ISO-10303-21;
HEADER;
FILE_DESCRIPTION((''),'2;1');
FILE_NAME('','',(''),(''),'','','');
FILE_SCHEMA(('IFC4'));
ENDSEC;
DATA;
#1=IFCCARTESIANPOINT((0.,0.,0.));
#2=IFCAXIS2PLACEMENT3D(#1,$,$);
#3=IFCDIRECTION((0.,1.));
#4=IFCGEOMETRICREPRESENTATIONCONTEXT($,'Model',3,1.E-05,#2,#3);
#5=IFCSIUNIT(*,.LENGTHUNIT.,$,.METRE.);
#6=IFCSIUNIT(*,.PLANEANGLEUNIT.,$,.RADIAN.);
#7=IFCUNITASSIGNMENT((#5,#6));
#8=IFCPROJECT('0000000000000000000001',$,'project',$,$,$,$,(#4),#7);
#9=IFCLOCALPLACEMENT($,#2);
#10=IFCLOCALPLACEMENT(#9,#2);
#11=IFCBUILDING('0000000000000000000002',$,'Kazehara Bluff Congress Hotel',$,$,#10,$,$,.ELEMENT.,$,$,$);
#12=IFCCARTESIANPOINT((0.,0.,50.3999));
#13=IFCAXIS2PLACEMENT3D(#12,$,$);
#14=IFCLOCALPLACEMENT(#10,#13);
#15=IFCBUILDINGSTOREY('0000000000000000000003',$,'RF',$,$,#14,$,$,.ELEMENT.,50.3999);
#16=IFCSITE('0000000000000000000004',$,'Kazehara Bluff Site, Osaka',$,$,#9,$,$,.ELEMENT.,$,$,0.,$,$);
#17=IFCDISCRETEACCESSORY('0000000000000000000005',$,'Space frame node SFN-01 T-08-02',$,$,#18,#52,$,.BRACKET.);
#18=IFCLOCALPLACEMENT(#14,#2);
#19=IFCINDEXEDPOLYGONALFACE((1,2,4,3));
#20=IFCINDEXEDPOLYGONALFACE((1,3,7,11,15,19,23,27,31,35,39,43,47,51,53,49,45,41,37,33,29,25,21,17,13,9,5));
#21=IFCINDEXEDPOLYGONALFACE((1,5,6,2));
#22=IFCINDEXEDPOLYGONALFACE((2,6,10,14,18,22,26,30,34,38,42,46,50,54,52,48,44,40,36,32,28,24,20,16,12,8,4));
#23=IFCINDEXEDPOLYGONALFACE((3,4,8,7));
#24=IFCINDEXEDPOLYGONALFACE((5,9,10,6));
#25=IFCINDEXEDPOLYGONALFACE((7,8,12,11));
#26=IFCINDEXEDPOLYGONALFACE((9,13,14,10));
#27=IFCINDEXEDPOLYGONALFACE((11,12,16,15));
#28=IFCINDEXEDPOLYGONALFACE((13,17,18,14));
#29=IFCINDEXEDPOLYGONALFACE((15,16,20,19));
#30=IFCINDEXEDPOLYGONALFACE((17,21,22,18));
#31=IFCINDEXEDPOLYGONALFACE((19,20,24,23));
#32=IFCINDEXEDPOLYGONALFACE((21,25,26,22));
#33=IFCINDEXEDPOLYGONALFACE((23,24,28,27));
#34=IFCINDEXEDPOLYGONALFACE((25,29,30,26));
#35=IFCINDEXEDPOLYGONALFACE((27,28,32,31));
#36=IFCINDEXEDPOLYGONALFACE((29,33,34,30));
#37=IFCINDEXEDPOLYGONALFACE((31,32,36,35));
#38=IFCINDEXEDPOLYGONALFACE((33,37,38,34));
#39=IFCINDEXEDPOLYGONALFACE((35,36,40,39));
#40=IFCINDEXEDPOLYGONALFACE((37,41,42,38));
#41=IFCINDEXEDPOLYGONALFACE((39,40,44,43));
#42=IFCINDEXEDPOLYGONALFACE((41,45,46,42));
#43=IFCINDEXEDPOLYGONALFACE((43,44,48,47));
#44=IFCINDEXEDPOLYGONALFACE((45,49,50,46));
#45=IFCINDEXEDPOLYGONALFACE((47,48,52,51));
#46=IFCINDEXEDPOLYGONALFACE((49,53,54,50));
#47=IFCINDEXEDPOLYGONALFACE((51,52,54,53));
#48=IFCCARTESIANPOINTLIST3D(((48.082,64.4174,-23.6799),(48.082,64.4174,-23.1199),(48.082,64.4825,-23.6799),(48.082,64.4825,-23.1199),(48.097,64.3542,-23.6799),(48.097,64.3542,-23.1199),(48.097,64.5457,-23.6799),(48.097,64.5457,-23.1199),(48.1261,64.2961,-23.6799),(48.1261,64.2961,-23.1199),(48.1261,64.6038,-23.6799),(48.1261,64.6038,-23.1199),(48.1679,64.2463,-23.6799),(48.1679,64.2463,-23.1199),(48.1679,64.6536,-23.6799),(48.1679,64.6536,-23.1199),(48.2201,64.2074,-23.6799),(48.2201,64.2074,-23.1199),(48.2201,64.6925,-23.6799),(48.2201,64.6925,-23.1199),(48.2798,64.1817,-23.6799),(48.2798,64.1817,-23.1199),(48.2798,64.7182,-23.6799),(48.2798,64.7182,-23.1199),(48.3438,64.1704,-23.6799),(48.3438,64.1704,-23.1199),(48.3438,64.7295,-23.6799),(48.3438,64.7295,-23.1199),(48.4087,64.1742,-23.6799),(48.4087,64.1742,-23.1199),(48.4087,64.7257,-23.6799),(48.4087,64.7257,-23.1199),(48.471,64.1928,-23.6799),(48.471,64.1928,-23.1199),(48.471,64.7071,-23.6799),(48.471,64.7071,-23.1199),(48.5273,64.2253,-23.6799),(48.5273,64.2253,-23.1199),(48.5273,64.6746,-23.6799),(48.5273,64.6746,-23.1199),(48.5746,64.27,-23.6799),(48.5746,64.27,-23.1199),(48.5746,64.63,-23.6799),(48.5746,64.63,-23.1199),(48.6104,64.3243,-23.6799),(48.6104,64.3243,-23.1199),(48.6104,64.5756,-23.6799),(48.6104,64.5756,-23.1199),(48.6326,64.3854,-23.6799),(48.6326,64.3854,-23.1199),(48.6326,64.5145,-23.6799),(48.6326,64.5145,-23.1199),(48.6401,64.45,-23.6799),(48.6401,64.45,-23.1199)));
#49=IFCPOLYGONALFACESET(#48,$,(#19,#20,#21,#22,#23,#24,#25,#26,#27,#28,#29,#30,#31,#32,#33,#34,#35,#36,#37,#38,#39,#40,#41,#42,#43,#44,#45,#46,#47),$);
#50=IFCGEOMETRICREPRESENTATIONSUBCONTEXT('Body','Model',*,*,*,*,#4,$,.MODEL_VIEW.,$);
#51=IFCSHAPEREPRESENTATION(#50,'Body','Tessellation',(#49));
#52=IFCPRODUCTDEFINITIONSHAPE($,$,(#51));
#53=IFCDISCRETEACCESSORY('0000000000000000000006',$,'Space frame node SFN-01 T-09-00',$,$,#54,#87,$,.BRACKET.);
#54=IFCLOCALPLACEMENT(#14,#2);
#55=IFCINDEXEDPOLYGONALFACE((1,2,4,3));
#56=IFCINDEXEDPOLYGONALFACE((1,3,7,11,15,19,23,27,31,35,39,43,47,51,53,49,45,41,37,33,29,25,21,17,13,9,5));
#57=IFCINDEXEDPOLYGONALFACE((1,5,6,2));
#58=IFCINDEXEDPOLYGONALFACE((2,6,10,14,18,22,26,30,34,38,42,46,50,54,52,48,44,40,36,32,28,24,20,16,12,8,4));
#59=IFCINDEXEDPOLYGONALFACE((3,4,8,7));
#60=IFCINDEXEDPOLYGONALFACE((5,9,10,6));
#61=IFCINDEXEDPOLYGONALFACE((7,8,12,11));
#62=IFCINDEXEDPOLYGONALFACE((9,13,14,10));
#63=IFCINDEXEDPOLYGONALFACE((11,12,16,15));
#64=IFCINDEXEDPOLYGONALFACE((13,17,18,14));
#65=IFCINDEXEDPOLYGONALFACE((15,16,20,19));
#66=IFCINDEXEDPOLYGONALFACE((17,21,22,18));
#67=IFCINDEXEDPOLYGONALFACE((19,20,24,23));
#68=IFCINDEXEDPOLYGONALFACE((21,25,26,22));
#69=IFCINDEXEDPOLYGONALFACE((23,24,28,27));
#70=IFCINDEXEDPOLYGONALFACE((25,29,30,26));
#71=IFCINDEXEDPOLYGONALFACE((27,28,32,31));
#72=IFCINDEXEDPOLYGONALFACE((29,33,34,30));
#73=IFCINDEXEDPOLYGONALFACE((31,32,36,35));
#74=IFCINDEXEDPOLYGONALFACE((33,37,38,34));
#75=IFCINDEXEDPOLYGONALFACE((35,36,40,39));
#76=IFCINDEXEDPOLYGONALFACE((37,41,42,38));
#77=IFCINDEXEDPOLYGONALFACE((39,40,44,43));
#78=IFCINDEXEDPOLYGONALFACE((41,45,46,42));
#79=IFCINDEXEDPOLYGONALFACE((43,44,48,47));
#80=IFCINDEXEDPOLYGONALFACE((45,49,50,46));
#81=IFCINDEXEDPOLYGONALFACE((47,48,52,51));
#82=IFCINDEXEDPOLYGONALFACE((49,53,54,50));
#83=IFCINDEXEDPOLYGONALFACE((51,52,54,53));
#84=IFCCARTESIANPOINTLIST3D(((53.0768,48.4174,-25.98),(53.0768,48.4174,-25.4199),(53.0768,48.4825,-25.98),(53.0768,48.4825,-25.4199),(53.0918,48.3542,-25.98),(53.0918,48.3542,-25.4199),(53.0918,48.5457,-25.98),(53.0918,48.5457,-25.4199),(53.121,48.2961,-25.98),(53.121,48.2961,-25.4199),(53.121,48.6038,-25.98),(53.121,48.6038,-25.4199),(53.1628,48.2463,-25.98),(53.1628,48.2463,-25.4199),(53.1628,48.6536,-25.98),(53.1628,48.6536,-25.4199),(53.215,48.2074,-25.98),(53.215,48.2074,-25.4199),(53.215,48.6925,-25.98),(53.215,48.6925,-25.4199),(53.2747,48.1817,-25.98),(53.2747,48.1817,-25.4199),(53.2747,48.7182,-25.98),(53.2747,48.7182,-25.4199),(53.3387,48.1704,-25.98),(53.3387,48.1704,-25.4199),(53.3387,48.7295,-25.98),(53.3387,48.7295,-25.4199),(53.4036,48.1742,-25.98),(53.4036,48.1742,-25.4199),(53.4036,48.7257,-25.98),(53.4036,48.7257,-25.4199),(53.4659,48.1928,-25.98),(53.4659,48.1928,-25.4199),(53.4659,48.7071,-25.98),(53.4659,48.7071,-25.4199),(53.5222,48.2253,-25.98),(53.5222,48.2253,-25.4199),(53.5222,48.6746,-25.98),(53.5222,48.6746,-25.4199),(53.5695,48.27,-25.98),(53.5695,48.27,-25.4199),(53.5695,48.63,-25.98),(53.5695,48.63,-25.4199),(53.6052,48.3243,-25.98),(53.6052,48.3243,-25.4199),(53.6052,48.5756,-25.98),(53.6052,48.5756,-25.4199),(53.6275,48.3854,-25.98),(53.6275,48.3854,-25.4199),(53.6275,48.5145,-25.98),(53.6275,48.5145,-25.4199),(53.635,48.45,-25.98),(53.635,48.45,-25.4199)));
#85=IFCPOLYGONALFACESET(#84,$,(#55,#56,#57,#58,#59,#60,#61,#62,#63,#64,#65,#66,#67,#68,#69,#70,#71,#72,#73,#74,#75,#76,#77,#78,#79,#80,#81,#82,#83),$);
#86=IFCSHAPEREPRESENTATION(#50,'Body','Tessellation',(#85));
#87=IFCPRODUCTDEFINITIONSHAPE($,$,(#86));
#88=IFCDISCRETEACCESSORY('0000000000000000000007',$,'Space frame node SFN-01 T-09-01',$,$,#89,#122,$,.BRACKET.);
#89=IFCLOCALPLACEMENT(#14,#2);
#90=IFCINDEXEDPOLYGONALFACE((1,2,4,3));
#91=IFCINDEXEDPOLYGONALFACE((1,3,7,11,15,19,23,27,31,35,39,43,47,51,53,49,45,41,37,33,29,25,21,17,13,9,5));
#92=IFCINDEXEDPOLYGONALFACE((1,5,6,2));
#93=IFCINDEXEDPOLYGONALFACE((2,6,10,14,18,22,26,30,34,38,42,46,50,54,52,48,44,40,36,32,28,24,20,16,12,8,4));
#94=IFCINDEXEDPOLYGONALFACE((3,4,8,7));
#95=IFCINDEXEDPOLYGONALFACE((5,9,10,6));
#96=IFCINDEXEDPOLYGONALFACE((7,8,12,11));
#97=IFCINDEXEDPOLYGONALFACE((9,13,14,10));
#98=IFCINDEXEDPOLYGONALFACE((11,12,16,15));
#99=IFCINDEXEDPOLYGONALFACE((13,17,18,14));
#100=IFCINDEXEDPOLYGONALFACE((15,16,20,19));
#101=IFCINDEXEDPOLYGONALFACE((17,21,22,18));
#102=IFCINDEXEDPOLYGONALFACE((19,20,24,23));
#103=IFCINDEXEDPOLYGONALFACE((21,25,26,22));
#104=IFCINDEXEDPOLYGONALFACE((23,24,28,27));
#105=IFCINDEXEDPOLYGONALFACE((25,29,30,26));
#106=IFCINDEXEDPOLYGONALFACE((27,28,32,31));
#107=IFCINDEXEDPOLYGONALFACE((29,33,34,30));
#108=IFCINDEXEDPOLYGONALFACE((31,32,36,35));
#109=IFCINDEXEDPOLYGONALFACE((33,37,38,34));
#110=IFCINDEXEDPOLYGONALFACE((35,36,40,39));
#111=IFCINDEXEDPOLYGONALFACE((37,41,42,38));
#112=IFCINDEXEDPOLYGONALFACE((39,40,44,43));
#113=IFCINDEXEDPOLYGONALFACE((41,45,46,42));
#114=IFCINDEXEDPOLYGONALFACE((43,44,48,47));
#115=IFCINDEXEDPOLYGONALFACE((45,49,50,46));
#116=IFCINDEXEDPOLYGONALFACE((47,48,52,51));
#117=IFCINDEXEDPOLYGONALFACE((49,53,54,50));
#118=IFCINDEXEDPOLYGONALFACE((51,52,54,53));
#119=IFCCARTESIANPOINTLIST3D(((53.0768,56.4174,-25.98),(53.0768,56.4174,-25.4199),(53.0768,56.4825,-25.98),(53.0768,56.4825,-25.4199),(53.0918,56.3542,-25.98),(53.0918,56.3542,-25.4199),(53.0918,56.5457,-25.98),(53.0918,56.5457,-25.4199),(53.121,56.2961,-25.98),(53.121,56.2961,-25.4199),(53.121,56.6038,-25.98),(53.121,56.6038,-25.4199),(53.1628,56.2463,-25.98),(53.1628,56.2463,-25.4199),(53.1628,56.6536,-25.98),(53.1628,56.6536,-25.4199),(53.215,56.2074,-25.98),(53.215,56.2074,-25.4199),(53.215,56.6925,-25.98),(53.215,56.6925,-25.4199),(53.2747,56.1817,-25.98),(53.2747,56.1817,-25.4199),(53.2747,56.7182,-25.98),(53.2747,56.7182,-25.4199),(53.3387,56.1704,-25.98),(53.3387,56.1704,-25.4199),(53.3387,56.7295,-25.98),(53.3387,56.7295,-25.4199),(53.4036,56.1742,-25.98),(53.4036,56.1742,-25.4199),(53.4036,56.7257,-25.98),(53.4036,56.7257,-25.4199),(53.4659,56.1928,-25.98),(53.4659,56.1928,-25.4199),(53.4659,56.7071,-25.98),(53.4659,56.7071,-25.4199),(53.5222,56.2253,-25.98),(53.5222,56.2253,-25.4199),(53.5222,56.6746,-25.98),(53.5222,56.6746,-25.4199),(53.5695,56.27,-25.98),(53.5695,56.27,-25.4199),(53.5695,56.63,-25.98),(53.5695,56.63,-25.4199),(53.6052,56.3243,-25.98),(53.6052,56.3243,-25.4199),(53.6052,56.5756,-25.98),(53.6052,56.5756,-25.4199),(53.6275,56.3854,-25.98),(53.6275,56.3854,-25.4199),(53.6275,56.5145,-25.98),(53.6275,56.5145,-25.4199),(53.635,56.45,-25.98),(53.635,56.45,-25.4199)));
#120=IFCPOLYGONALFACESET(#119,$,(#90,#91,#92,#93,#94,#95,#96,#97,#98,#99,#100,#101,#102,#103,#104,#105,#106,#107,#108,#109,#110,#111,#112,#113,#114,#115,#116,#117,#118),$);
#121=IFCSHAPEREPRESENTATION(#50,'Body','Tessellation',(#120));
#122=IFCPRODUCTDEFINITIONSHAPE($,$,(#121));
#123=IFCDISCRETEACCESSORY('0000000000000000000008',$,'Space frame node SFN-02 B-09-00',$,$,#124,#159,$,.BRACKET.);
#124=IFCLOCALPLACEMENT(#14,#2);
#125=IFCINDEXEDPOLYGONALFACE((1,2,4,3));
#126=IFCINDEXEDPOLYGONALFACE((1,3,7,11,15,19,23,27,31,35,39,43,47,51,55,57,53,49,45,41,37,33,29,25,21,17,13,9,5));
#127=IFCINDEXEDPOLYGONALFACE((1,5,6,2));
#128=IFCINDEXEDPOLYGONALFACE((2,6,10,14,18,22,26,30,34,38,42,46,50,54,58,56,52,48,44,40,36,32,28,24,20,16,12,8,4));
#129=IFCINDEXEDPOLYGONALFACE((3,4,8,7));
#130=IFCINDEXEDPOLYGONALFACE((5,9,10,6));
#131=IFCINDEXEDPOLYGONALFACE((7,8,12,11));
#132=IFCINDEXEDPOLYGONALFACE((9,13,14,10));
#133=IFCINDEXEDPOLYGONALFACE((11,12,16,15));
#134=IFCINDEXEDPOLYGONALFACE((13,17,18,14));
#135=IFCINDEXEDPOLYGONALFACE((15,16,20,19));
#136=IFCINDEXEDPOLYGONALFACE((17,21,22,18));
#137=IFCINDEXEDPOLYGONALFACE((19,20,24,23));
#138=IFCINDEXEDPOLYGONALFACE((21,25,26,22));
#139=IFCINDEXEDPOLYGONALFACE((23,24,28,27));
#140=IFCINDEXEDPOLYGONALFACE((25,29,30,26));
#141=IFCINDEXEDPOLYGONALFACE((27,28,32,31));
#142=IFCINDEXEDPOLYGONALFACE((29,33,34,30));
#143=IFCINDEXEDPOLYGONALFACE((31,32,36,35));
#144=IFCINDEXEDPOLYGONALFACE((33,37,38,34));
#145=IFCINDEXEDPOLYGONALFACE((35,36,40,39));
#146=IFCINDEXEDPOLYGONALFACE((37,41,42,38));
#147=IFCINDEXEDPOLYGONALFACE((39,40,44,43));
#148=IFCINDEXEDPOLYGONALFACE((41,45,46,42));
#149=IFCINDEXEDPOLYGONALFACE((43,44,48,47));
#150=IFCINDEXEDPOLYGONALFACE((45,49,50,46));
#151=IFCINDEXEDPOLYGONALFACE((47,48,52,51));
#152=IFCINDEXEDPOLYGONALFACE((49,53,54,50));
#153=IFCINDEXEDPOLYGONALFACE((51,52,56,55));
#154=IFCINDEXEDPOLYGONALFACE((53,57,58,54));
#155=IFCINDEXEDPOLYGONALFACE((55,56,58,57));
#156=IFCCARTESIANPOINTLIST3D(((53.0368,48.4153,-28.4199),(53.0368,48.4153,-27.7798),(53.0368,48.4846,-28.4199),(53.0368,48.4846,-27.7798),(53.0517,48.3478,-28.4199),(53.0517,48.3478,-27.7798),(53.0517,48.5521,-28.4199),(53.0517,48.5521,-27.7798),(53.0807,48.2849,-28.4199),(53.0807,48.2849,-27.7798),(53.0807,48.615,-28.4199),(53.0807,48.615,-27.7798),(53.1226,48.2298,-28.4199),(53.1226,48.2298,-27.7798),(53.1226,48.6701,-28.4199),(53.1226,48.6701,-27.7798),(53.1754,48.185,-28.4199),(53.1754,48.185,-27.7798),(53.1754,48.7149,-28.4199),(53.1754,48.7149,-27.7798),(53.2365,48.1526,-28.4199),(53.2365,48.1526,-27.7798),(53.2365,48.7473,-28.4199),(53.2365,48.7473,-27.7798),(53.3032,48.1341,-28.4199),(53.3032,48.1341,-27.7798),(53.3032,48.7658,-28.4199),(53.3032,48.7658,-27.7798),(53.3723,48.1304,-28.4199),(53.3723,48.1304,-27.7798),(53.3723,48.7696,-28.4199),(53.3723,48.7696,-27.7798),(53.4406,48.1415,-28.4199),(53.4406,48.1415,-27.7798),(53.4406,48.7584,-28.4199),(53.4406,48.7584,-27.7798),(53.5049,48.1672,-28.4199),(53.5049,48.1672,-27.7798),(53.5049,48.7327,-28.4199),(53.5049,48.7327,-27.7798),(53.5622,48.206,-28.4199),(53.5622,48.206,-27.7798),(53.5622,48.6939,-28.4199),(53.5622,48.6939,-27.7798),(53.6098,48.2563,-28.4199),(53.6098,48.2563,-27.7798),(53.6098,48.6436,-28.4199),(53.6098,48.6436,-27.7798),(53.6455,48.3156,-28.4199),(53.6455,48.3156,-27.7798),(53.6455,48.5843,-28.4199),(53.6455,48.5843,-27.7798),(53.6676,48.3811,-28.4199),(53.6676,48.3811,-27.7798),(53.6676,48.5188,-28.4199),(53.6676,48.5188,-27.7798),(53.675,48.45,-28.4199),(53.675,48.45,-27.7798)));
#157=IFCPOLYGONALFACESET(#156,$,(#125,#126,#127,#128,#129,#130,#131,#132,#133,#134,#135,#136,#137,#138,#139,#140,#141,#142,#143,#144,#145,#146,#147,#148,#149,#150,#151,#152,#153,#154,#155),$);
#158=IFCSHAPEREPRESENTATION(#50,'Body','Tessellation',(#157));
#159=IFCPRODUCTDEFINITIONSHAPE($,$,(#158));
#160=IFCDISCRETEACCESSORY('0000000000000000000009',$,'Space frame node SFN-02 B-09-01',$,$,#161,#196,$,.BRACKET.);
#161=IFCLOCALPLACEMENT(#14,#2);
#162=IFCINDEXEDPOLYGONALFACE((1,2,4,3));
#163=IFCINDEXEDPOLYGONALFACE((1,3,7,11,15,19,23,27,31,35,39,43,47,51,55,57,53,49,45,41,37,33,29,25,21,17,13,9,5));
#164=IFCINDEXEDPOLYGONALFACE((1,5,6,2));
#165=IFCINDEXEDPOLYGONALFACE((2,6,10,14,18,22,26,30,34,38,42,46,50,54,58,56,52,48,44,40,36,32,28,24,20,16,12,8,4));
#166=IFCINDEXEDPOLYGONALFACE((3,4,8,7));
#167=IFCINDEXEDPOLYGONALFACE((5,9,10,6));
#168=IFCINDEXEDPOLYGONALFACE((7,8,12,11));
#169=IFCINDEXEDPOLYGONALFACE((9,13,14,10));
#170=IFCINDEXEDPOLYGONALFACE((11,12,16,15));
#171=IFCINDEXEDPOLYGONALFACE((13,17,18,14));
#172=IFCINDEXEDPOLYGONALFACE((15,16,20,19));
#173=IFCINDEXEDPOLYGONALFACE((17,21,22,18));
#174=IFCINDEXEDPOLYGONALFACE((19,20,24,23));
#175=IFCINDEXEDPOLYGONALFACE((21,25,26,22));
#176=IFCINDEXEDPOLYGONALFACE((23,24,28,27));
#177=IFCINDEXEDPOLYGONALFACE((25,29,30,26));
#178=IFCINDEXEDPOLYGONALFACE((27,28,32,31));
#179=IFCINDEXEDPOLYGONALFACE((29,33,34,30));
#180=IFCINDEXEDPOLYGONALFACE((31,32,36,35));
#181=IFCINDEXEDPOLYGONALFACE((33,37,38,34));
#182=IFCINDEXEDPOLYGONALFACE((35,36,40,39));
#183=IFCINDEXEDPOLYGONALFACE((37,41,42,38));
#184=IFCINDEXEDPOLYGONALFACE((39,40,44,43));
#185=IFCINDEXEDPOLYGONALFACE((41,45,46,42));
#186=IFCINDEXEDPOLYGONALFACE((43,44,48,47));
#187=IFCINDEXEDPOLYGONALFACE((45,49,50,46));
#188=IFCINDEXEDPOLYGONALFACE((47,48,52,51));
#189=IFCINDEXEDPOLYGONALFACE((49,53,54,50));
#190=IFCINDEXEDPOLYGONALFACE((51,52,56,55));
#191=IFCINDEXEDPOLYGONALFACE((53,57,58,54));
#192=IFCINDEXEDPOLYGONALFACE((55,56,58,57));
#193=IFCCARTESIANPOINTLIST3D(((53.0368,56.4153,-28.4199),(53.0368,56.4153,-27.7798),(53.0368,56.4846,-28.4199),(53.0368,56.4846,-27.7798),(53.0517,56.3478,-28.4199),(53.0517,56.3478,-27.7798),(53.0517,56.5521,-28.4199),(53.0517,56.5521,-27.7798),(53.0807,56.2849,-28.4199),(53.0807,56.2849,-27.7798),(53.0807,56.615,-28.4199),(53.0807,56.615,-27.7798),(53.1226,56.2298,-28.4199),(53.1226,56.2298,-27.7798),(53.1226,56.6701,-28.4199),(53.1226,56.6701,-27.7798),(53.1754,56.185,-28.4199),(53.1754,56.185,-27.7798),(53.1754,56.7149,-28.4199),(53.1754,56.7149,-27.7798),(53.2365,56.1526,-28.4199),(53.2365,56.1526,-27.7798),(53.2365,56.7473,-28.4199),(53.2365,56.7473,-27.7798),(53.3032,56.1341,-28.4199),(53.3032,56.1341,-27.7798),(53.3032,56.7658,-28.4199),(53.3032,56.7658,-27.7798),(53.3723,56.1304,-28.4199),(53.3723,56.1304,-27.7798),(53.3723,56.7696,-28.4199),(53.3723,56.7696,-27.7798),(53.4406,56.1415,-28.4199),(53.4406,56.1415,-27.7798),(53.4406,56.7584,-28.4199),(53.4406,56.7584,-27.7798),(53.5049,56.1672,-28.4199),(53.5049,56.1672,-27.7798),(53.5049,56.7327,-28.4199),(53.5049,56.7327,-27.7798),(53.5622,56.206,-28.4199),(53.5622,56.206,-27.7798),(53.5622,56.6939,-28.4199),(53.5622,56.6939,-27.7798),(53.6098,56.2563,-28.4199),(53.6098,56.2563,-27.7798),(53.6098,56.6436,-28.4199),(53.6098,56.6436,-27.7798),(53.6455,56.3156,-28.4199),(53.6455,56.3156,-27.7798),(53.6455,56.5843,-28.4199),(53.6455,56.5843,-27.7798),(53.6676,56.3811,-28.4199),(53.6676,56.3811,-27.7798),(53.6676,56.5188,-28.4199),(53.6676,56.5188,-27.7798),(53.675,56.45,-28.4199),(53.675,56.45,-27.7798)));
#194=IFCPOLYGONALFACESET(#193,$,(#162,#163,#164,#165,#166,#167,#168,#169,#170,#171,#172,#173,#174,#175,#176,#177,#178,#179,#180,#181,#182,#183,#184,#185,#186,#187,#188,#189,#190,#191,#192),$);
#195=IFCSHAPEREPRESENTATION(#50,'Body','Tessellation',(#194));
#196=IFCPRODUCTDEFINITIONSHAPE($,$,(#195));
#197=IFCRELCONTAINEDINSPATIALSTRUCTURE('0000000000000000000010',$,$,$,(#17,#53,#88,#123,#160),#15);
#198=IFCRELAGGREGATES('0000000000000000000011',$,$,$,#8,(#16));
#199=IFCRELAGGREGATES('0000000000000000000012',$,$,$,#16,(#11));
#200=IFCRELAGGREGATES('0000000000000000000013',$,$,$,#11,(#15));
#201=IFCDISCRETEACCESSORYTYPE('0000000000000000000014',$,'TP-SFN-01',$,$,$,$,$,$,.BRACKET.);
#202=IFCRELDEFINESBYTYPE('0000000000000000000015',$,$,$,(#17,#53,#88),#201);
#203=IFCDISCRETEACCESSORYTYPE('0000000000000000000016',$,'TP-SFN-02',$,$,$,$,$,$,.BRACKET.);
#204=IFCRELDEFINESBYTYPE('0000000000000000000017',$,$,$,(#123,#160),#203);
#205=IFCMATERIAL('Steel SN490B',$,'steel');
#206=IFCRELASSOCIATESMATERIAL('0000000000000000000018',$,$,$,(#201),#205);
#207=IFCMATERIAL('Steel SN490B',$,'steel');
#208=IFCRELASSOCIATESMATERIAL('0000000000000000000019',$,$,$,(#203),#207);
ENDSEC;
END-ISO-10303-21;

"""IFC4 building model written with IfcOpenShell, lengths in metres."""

from ifc_helpers import new_model, si_unit, direction, frame, origin, origin_2d, place, context, subcontext, project, spatial, circle, extrude, material, material_profile, profile_set, type_object, element, save


model = new_model("IFC4")

# Units and contexts
model_context = context("Model", 3, precision=1e-05, world=origin(), true_north=direction((0.0, 1.0)))
body_context = subcontext(model_context, "Body", "Model", "MODEL_VIEW")
ifc_project = project(units=[si_unit("LENGTHUNIT", "METRE"), si_unit("PLANEANGLEUNIT", "RADIAN")], contexts=[model_context])

# Site, building, storey
site_placement = place(None, origin())
site = spatial("IfcSite", under=ifc_project, at=site_placement, Name="Kazehara Bluff Site, Osaka", CompositionType="ELEMENT", RefElevation=0.0)
building_placement = place(site_placement, origin())
building = spatial("IfcBuilding", under=site, at=building_placement, Name="Kazehara Bluff Congress Hotel", CompositionType="ELEMENT")
storey_placement = place(building_placement, frame((0.0, 0.0, 50.3999)))
storey = spatial("IfcBuildingStorey", under=building, at=storey_placement, Name="RF", CompositionType="ELEMENT", Elevation=50.3999)

# Discrete accessories
ifc_material_1 = material(Name="Steel SN490B", Category="steel")
ifc_material_profile_1 = material_profile(ifc_material_1, circle(Radius=0.28, at=origin_2d()))
ifc_profile_set_1 = profile_set([ifc_material_profile_1], Name="Steel SN490B")
discrete_accessory_type_1 = type_object("IfcDiscreteAccessoryType", Name="TP-SFN-01", PredefinedType="BRACKET", material=ifc_profile_set_1)
for number, where, z_axis, x_axis, name in (
    (1, (48.3601, 64.45, -23.6799), (0.0, 0.0, 1.0), (1.0, 0.0, 0.0), "Space frame node SFN-01 T-08-02"),
    (2, (53.355, 48.45, -25.98), (0.0, 0.0, 1.0), (1.0, 0.0, 0.0), "Space frame node SFN-01 T-09-00"),
    (3, (53.355, 56.45, -25.98), (0.0, 0.0, 1.0), (1.0, 0.0, 0.0), "Space frame node SFN-01 T-09-01"),
):
    element("IfcDiscreteAccessory", number, at=place(storey_placement, frame(where, z_axis=z_axis, x_axis=x_axis)), inside=storey, type_object=discrete_accessory_type_1, Name=name, PredefinedType="BRACKET", context=body_context, shape_type="SweptSolid", body=[
        extrude(circle(Radius=0.28, at=origin_2d()), origin(), (0.0, 0.0, 1.0), 0.5601),
    ])
ifc_material_2 = material(Name="Steel SN490B", Category="steel")
ifc_material_profile_2 = material_profile(ifc_material_2, circle(Radius=0.3201, at=origin_2d()))
ifc_profile_set_2 = profile_set([ifc_material_profile_2], Name="Steel SN490B")
discrete_accessory_type_2 = type_object("IfcDiscreteAccessoryType", Name="TP-SFN-02", PredefinedType="BRACKET", material=ifc_profile_set_2)
for number, where, z_axis, x_axis, name in (
    (4, (53.355, 48.45, -28.4199), (0.0, 0.0, 1.0), (1.0, 0.0, 0.0), "Space frame node SFN-02 B-09-00"),
    (5, (53.355, 56.45, -28.4199), (0.0, 0.0, 1.0), (1.0, 0.0, 0.0), "Space frame node SFN-02 B-09-01"),
):
    element("IfcDiscreteAccessory", number, at=place(storey_placement, frame(where, z_axis=z_axis, x_axis=x_axis)), inside=storey, type_object=discrete_accessory_type_2, Name=name, PredefinedType="BRACKET", context=body_context, shape_type="SweptSolid", body=[
        extrude(circle(Radius=0.3201, at=origin_2d()), origin(), (0.0, 0.0, 1.0), 0.6401),
    ])

save(model, "model.ifc")
